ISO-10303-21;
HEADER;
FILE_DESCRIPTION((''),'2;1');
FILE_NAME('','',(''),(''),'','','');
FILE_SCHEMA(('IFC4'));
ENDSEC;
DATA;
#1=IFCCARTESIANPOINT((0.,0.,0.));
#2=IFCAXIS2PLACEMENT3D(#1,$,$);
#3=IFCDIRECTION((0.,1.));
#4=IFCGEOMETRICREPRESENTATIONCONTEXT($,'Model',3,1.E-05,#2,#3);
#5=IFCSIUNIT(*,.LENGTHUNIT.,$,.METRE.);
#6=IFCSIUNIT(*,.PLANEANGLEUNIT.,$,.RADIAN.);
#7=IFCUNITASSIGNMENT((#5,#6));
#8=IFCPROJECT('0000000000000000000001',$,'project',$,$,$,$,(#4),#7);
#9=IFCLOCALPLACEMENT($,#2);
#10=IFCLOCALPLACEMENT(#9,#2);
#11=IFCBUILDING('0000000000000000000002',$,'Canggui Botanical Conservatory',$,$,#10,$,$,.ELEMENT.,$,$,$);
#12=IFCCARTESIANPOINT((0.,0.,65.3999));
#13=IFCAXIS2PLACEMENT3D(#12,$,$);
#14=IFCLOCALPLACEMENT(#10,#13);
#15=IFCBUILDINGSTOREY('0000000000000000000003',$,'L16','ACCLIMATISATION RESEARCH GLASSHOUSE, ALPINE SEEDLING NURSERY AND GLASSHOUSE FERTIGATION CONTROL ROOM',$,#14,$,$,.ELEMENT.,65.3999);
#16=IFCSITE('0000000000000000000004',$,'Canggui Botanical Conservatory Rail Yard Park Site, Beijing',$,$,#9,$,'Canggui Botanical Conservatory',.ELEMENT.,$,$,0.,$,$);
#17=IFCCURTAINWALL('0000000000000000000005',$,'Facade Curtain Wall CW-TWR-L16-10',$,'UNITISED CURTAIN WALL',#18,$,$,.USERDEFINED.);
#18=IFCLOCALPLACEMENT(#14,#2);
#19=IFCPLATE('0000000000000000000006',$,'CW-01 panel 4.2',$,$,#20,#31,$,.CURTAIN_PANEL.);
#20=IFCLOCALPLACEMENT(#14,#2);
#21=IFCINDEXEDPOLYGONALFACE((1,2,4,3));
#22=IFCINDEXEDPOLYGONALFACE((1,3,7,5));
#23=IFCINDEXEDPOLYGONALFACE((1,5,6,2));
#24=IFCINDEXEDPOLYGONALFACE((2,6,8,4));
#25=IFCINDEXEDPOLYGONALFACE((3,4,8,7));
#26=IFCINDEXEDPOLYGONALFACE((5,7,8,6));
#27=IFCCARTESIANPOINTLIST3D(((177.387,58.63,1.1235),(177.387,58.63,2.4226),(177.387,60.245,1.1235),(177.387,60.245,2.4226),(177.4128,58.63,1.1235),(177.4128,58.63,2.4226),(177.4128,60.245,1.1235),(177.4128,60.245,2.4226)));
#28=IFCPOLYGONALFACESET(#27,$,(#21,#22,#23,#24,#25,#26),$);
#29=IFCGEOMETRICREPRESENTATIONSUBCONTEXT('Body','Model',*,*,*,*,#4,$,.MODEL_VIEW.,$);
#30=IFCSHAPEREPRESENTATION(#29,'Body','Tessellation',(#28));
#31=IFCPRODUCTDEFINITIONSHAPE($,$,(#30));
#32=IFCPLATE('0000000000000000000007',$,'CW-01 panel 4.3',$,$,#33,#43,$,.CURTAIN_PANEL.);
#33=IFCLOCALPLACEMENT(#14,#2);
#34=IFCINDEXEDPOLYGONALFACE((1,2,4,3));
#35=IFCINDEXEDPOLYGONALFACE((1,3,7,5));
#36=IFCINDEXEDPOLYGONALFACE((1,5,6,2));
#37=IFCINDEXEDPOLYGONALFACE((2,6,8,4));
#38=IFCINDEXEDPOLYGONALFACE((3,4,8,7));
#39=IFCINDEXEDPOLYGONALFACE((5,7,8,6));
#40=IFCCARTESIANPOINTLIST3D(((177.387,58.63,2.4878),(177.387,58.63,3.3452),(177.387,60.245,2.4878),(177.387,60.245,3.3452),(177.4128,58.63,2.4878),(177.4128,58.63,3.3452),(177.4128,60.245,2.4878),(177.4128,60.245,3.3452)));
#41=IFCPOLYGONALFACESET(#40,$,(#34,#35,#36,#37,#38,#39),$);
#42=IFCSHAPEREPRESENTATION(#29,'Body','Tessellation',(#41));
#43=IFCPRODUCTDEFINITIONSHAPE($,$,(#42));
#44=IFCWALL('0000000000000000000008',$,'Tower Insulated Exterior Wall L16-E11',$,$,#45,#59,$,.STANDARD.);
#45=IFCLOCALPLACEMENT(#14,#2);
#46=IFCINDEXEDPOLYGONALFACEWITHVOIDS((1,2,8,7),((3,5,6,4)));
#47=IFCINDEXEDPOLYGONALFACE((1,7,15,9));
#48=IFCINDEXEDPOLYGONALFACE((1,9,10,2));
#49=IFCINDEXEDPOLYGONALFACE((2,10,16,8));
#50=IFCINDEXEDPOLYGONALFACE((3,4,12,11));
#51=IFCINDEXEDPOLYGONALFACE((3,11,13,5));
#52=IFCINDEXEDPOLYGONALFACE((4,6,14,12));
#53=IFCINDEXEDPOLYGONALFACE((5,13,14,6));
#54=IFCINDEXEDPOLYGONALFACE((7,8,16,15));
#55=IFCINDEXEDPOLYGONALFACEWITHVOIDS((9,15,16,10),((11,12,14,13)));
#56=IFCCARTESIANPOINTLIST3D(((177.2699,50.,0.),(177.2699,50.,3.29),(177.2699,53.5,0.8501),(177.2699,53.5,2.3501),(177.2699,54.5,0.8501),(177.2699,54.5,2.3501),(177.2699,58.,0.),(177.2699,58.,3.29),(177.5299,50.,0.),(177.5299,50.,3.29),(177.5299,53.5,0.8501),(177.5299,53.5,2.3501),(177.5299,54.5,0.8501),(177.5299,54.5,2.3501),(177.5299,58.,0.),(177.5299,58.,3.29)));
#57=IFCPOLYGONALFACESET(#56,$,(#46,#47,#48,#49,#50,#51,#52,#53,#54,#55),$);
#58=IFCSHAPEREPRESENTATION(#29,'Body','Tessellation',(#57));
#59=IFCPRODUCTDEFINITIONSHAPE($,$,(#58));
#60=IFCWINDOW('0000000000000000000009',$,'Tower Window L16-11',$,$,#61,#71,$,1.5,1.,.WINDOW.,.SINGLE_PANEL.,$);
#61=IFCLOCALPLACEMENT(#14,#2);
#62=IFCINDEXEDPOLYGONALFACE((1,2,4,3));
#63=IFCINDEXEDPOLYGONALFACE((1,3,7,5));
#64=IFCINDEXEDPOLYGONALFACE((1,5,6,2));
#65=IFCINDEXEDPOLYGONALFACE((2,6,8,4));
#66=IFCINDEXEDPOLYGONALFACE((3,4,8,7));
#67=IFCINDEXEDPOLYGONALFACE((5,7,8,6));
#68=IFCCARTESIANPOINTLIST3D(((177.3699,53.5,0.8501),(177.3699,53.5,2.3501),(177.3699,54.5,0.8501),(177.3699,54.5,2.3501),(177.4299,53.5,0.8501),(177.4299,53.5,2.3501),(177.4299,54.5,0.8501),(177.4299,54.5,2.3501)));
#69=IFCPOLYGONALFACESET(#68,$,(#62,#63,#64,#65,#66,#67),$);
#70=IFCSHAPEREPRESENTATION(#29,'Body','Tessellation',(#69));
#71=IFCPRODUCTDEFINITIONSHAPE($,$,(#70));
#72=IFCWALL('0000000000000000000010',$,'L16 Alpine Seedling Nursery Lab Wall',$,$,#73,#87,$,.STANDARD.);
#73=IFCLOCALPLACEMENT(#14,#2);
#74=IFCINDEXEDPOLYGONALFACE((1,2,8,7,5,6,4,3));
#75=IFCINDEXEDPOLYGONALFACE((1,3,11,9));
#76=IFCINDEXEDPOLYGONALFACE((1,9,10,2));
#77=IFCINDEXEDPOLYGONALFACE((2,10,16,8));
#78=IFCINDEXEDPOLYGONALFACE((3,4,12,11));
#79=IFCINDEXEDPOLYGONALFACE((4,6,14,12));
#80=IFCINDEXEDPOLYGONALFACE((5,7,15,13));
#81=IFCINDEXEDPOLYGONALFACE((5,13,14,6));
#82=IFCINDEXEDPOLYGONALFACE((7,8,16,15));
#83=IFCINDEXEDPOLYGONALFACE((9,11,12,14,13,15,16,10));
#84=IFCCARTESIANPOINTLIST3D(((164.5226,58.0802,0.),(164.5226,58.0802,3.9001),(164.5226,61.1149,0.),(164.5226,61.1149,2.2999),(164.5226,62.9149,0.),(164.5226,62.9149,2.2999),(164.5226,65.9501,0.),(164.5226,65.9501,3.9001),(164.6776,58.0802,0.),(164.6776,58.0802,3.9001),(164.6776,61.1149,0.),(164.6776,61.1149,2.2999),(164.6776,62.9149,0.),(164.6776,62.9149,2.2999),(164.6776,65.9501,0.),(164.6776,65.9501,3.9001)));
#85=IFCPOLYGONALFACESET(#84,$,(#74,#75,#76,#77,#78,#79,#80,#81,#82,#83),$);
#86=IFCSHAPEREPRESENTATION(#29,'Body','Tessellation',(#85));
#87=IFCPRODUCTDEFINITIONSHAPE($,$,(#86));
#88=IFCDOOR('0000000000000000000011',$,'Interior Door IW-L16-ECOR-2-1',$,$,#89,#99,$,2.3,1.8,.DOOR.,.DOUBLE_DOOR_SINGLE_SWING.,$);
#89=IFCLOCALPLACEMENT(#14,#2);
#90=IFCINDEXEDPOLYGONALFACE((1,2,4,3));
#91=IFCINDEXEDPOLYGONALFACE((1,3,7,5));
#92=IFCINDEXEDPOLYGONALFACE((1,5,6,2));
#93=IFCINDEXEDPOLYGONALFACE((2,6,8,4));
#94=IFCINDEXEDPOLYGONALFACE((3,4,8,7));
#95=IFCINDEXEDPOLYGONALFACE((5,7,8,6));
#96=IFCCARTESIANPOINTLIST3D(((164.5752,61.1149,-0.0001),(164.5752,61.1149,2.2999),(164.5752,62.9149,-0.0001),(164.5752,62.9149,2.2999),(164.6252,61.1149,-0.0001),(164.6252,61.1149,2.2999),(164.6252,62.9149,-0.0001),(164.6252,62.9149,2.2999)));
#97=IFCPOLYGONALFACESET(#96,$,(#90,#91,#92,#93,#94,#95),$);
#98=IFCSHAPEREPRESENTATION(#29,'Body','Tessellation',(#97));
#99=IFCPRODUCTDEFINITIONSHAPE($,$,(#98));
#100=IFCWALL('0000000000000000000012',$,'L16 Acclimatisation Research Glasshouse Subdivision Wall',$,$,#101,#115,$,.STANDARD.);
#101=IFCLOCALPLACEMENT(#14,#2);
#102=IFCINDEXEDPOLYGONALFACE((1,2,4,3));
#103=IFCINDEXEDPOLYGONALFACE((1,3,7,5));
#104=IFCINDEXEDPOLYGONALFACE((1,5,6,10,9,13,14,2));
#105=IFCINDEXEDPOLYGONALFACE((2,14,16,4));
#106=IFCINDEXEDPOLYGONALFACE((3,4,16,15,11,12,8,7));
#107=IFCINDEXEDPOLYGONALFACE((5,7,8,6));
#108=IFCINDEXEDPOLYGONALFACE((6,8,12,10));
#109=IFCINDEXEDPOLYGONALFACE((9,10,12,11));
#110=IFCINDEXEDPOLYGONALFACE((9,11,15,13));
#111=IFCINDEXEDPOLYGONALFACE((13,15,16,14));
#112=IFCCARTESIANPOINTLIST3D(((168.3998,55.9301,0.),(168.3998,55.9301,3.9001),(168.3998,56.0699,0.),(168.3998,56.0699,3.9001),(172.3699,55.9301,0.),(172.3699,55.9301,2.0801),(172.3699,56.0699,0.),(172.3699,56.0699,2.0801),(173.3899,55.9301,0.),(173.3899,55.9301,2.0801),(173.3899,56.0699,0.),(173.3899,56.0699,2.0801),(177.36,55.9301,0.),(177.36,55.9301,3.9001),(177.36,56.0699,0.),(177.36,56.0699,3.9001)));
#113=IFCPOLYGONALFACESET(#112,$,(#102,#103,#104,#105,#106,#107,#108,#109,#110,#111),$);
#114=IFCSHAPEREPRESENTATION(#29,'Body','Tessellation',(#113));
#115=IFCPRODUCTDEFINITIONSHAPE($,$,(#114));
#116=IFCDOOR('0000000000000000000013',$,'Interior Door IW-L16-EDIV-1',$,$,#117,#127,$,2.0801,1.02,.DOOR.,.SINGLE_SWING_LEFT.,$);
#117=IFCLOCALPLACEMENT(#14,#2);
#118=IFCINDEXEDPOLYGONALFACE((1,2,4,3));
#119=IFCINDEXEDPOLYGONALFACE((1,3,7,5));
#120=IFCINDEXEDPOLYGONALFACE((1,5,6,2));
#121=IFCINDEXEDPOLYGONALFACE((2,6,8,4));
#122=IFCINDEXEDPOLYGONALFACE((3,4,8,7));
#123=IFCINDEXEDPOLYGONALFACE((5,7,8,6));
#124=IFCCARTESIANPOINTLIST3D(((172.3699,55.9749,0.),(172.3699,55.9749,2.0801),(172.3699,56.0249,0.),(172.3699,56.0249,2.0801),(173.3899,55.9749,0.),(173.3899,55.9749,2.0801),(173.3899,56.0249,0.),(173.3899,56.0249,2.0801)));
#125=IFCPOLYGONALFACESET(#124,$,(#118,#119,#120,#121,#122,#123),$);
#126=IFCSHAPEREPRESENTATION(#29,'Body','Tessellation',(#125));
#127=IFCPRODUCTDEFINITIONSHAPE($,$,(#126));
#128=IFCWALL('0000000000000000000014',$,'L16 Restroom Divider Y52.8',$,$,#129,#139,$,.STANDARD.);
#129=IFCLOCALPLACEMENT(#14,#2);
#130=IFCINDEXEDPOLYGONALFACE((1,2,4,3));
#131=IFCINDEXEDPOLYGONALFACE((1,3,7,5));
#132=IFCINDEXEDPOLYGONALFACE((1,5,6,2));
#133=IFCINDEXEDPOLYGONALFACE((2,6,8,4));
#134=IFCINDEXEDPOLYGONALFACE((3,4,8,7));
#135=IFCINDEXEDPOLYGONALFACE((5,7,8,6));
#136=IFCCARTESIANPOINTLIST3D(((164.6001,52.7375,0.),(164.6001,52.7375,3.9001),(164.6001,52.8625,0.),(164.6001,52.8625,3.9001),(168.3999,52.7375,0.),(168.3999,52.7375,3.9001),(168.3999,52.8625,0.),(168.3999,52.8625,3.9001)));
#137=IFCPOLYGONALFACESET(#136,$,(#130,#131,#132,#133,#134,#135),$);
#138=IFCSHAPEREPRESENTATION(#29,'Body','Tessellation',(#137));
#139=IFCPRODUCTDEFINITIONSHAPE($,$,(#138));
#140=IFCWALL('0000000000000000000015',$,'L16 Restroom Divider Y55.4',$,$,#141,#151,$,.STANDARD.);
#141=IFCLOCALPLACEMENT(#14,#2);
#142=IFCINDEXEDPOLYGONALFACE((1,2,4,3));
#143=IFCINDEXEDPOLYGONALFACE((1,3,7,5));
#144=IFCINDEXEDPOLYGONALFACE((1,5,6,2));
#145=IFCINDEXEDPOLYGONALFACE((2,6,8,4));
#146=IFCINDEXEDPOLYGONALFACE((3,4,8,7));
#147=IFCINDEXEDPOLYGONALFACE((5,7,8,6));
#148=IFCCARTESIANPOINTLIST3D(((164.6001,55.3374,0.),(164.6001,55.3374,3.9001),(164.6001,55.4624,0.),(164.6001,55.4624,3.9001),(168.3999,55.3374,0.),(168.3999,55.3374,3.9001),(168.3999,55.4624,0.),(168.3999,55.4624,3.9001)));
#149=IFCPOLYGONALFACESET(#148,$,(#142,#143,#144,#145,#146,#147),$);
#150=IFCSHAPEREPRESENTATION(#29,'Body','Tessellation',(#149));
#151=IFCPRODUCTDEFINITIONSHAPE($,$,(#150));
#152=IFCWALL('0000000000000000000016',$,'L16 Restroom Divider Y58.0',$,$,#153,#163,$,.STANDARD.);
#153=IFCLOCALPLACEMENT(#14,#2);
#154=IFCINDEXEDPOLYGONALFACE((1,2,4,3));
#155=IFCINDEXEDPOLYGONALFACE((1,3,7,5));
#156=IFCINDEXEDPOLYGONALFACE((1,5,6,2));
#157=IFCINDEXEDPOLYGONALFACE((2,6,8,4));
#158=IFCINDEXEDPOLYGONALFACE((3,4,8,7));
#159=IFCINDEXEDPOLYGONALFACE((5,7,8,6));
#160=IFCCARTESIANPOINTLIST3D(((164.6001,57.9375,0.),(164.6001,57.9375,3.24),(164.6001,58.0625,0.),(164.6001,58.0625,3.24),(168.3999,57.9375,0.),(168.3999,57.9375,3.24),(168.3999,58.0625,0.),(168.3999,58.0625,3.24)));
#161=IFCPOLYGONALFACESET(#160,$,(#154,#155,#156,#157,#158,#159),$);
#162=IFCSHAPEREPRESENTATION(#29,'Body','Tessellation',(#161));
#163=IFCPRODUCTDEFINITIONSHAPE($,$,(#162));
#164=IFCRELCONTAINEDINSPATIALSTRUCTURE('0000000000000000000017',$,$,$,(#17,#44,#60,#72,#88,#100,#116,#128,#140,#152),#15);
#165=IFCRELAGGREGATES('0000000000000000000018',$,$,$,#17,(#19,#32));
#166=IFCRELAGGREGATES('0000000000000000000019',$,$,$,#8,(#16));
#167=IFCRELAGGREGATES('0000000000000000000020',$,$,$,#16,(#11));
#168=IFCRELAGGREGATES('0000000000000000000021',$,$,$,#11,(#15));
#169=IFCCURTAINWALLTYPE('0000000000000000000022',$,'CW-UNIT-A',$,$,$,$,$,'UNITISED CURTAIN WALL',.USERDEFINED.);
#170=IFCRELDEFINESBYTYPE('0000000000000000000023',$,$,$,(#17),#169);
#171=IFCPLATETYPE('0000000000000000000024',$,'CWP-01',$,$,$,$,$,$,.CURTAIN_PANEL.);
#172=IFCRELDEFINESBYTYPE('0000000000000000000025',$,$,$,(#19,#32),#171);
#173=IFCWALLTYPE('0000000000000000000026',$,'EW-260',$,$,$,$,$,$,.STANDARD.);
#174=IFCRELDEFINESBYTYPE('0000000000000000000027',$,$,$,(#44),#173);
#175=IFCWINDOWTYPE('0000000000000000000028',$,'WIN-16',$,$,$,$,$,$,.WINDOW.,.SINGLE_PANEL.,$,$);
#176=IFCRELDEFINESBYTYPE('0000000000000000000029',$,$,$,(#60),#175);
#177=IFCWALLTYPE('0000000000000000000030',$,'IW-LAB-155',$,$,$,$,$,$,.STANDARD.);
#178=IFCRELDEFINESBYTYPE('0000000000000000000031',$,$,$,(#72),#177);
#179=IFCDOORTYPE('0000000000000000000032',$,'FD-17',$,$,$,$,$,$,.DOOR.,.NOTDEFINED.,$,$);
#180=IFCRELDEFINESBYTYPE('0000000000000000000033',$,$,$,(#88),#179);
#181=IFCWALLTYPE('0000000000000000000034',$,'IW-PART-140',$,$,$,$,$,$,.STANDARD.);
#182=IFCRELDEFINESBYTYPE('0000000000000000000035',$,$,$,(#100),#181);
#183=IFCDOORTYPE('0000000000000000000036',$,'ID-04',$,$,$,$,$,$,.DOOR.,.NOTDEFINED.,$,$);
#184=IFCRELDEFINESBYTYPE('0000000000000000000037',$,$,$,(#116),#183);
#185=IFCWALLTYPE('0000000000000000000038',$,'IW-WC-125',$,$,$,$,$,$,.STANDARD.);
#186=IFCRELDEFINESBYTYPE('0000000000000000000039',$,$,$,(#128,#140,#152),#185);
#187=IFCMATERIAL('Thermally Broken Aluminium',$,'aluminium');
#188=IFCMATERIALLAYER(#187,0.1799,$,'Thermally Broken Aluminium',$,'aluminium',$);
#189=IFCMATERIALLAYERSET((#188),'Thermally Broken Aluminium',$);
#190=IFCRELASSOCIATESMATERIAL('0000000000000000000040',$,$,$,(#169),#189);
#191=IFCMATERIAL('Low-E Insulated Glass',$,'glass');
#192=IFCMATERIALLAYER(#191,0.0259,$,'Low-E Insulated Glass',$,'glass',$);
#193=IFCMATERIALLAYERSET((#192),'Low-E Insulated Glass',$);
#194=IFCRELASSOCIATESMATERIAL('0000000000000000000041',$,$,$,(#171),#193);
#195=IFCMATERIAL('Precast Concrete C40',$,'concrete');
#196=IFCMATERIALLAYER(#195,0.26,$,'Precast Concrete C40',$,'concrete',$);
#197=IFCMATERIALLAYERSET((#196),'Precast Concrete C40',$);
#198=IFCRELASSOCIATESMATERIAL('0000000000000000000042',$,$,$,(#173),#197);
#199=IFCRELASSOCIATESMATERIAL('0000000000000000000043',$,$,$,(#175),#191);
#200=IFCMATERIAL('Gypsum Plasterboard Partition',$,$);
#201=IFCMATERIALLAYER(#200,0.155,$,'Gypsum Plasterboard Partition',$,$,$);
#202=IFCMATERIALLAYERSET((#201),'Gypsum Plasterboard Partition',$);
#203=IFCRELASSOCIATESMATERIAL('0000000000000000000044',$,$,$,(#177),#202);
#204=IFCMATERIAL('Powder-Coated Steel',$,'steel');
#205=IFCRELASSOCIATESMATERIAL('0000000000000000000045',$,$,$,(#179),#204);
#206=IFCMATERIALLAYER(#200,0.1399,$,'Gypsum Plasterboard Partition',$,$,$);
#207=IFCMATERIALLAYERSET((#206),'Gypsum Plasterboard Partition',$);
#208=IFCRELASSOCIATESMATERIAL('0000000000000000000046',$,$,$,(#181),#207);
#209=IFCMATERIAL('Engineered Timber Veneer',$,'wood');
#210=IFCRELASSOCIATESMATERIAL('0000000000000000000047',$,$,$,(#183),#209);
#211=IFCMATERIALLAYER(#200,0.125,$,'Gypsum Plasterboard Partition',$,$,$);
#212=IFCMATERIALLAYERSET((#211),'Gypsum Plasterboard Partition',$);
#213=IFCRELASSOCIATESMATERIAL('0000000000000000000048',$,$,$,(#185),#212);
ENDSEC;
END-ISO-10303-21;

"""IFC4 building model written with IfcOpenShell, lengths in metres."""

from ifc_helpers import new_model, si_unit, direction, frame, frame_2d, origin, origin_2d, place, context, subcontext, project, spatial, rectangle, extrude, material, layer, layer_set, type_object, element, fill, aggregate, save


model = new_model("IFC4")

# Units and contexts
model_context = context("Model", 3, precision=1e-05, world=origin(), true_north=direction((0.0, 1.0)))
body_context = subcontext(model_context, "Body", "Model", "MODEL_VIEW")
ifc_project = project(units=[si_unit("LENGTHUNIT", "METRE"), si_unit("PLANEANGLEUNIT", "RADIAN")], contexts=[model_context])

# Site, building, storey
site_placement = place(None, origin())
site = spatial("IfcSite", under=ifc_project, at=site_placement, Name="Canggui Botanical Conservatory Rail Yard Park Site, Beijing", LongName="Canggui Botanical Conservatory", CompositionType="ELEMENT", RefElevation=0.0)
building_placement = place(site_placement, origin())
building = spatial("IfcBuilding", under=site, at=building_placement, Name="Canggui Botanical Conservatory", CompositionType="ELEMENT")
storey_placement = place(building_placement, frame((0.0, 0.0, 65.3999)))
storey = spatial("IfcBuildingStorey", under=building, at=storey_placement, Name="L16", Description="ACCLIMATISATION RESEARCH GLASSHOUSE, ALPINE SEEDLING NURSERY AND GLASSHOUSE FERTIGATION CONTROL ROOM", CompositionType="ELEMENT", Elevation=65.3999)

# Curtain wall, plates
ifc_material_1 = material(Name="Thermally Broken Aluminium", Category="aluminium")
ifc_layer_1 = layer(ifc_material_1, 0.1799, Name="Thermally Broken Aluminium", Category="aluminium")
ifc_layer_set_1 = layer_set([ifc_layer_1], Name="Thermally Broken Aluminium")
curtain_wall_type = type_object("IfcCurtainWallType", Name="CW-UNIT-A", ElementType="UNITISED CURTAIN WALL", PredefinedType="USERDEFINED", material=ifc_layer_set_1)
curtain_wall_placement = place(storey_placement, origin())
curtain_wall = element("IfcCurtainWall", 1, at=curtain_wall_placement, inside=storey, type_object=curtain_wall_type, Name="Facade Curtain Wall CW-TWR-L16-10", ObjectType="UNITISED CURTAIN WALL", PredefinedType="USERDEFINED")
ifc_material_2 = material(Name="Low-E Insulated Glass", Category="glass")
ifc_layer_2 = layer(ifc_material_2, 0.0259, Name="Low-E Insulated Glass", Category="glass")
ifc_layer_set_2 = layer_set([ifc_layer_2], Name="Low-E Insulated Glass")
plate_type = type_object("IfcPlateType", Name="CWP-01", PredefinedType="CURTAIN_PANEL", material=ifc_layer_set_2)
plate_1_placement = place(storey_placement, frame((177.3999, 59.4375, 1.1235), z_axis=(0.0, 0.0, 1.0), x_axis=(0.0, -1.0, 0.0)))
plate_1 = element("IfcPlate", 2, at=plate_1_placement, type_object=plate_type, Name="CW-01 panel 4.2", PredefinedType="CURTAIN_PANEL", context=body_context, shape_type="SweptSolid", body=[
    extrude(rectangle(XDim=1.615, YDim=0.0259, at=origin_2d()), origin(), (0.0, 0.0, 1.0), 1.2991),
])
plate_2_placement = place(storey_placement, frame((177.3999, 59.4375, 2.4878), z_axis=(0.0, 0.0, 1.0), x_axis=(0.0, -1.0, 0.0)))
plate_2 = element("IfcPlate", 3, at=plate_2_placement, type_object=plate_type, Name="CW-01 panel 4.3", PredefinedType="CURTAIN_PANEL", context=body_context, shape_type="SweptSolid", body=[
    extrude(rectangle(XDim=1.615, YDim=0.0259, at=origin_2d()), origin(), (0.0, 0.0, 1.0), 0.8574),
])
aggregate(curtain_wall, [plate_1, plate_2])

# Wall, opening, window
ifc_material_3 = material(Name="Precast Concrete C40", Category="concrete")
ifc_layer_3 = layer(ifc_material_3, 0.26, Name="Precast Concrete C40", Category="concrete")
ifc_layer_set_3 = layer_set([ifc_layer_3], Name="Precast Concrete C40")
wall_type_1 = type_object("IfcWallType", Name="EW-260", PredefinedType="STANDARD", material=ifc_layer_set_3)
wall_1_placement = place(storey_placement, frame((177.3999, 58.0, 0.0), z_axis=(0.0, 0.0, 1.0), x_axis=(0.0, -1.0, 0.0)))
wall_1 = element("IfcWall", 4, at=wall_1_placement, inside=storey, type_object=wall_type_1, Name="Tower Insulated Exterior Wall L16-E11", PredefinedType="STANDARD", context=body_context, shape_type="SweptSolid", body=[
    extrude(rectangle(XDim=8.0, YDim=0.26, at=frame_2d((4.0, 0.0))), origin(), (0.0, 0.0, 1.0), 3.29),
])
opening_1_placement = place(wall_1_placement, frame((3.5, 0.0, 0.8501)))
opening_1 = element("IfcOpeningElement", 5, at=opening_1_placement, cuts=wall_1, PredefinedType="OPENING", context=body_context, shape_type="SweptSolid", body=[
    extrude(rectangle(XDim=1.0, YDim=1.5, at=frame_2d((0.5, 0.75))), frame((0.0, 0.1401, 0.0), z_axis=(0.0, -1.0, 0.0), x_axis=(1.0, 0.0, 0.0)), (0.0, 0.0, 1.0), 0.28),
])
window_type = type_object("IfcWindowType", Name="WIN-16", PartitioningType="SINGLE_PANEL", PredefinedType="WINDOW", material=ifc_material_2)
window_placement = place(opening_1_placement, origin())
window = element("IfcWindow", 6, at=window_placement, inside=storey, type_object=window_type, Name="Tower Window L16-11", OverallHeight=1.5, OverallWidth=1.0, PartitioningType="SINGLE_PANEL", PredefinedType="WINDOW", context=body_context, shape_type="SweptSolid", body=[
    extrude(rectangle(XDim=1.0, YDim=1.5, at=frame_2d((0.5, 0.75))), frame((0.0, 0.03, 0.0), z_axis=(0.0, -1.0, 0.0), x_axis=(1.0, 0.0, 0.0)), (0.0, 0.0, 1.0), 0.0601),
])
fill(opening_1, window)

# Walls, openings, doors
ifc_material_4 = material(Name="Gypsum Plasterboard Partition")
ifc_layer_4 = layer(ifc_material_4, 0.155, Name="Gypsum Plasterboard Partition")
ifc_layer_set_4 = layer_set([ifc_layer_4], Name="Gypsum Plasterboard Partition")
wall_type_2 = type_object("IfcWallType", Name="IW-LAB-155", PredefinedType="STANDARD", material=ifc_layer_set_4)
wall_2_placement = place(storey_placement, frame((164.6001, 58.0801, 0.0), z_axis=(0.0, 0.0, 1.0), x_axis=(0.0, 1.0, 0.0)))
wall_2 = element("IfcWall", 7, at=wall_2_placement, inside=storey, type_object=wall_type_2, Name="L16 Alpine Seedling Nursery Lab Wall", PredefinedType="STANDARD", context=body_context, shape_type="SweptSolid", body=[
    extrude(rectangle(XDim=7.8699, YDim=0.155, at=frame_2d((3.9351, 0.0))), origin(), (0.0, 0.0, 1.0), 3.9001),
])
opening_2_placement = place(wall_2_placement, frame((3.0349, 0.0, 0.0)))
opening_2 = element("IfcOpeningElement", 8, at=opening_2_placement, cuts=wall_2, PredefinedType="OPENING", context=body_context, shape_type="SweptSolid", body=[
    extrude(rectangle(XDim=1.8, YDim=2.3, at=frame_2d((0.8999, 1.1499))), frame((0.0, 0.0874, 0.0), z_axis=(0.0, -1.0, 0.0), x_axis=(1.0, 0.0, 0.0)), (0.0, 0.0, 1.0), 0.175),
])
ifc_material_5 = material(Name="Powder-Coated Steel", Category="steel")
door_type_1 = type_object("IfcDoorType", Name="FD-17", OperationType="NOTDEFINED", PredefinedType="DOOR", material=ifc_material_5)
door_1_placement = place(opening_2_placement, origin())
door_1 = element("IfcDoor", 9, at=door_1_placement, inside=storey, type_object=door_type_1, Name="Interior Door IW-L16-ECOR-2-1", OperationType="DOUBLE_DOOR_SINGLE_SWING", OverallHeight=2.3, OverallWidth=1.8, PredefinedType="DOOR", context=body_context, shape_type="SweptSolid", body=[
    extrude(rectangle(XDim=1.8, YDim=2.3, at=frame_2d((0.8999, 1.1499))), frame((0.0, 0.0249, 0.0), z_axis=(0.0, -1.0, 0.0), x_axis=(1.0, 0.0, 0.0)), (0.0, 0.0, 1.0), 0.05),
])
fill(opening_2, door_1)
ifc_layer_5 = layer(ifc_material_4, 0.1399, Name="Gypsum Plasterboard Partition")
ifc_layer_set_5 = layer_set([ifc_layer_5], Name="Gypsum Plasterboard Partition")
wall_type_3 = type_object("IfcWallType", Name="IW-PART-140", PredefinedType="STANDARD", material=ifc_layer_set_5)
wall_3_placement = place(storey_placement, frame((168.3999, 56.0, 0.0), z_axis=(0.0, 0.0, 1.0), x_axis=(1.0, 0.0, 0.0)))
wall_3 = element("IfcWall", 10, at=wall_3_placement, inside=storey, type_object=wall_type_3, Name="L16 Acclimatisation Research Glasshouse Subdivision Wall", PredefinedType="STANDARD", context=body_context, shape_type="SweptSolid", body=[
    extrude(rectangle(XDim=8.9602, YDim=0.1399, at=frame_2d((4.48, 0.0))), origin(), (0.0, 0.0, 1.0), 3.9001),
])
opening_3_placement = place(wall_3_placement, frame((3.97, 0.0, 0.0)))
opening_3 = element("IfcOpeningElement", 11, at=opening_3_placement, cuts=wall_3, PredefinedType="OPENING", context=body_context, shape_type="SweptSolid", body=[
    extrude(rectangle(XDim=1.02, YDim=2.0801, at=frame_2d((0.51, 1.04))), frame((0.0, 0.0801, 0.0), z_axis=(0.0, -1.0, 0.0), x_axis=(1.0, 0.0, 0.0)), (0.0, 0.0, 1.0), 0.1599),
])
ifc_material_6 = material(Name="Engineered Timber Veneer", Category="wood")
door_type_2 = type_object("IfcDoorType", Name="ID-04", OperationType="NOTDEFINED", PredefinedType="DOOR", material=ifc_material_6)
door_2_placement = place(opening_3_placement, origin())
door_2 = element("IfcDoor", 12, at=door_2_placement, inside=storey, type_object=door_type_2, Name="Interior Door IW-L16-EDIV-1", OperationType="SINGLE_SWING_LEFT", OverallHeight=2.0801, OverallWidth=1.02, PredefinedType="DOOR", context=body_context, shape_type="SweptSolid", body=[
    extrude(rectangle(XDim=1.02, YDim=2.0801, at=frame_2d((0.51, 1.04))), frame((0.0, 0.0249, 0.0), z_axis=(0.0, -1.0, 0.0), x_axis=(1.0, 0.0, 0.0)), (0.0, 0.0, 1.0), 0.05),
])
fill(opening_3, door_2)

# Walls
ifc_layer_6 = layer(ifc_material_4, 0.125, Name="Gypsum Plasterboard Partition")
ifc_layer_set_6 = layer_set([ifc_layer_6], Name="Gypsum Plasterboard Partition")
wall_type_4 = type_object("IfcWallType", Name="IW-WC-125", PredefinedType="STANDARD", material=ifc_layer_set_6)
for number, where, z_axis, x_axis, name in (
    (13, (164.6001, 52.8, 0.0), (0.0, 0.0, 1.0), (1.0, 0.0, 0.0), "L16 Restroom Divider Y52.8"),
    (14, (164.6001, 55.3999, 0.0), (0.0, 0.0, 1.0), (1.0, 0.0, 0.0), "L16 Restroom Divider Y55.4"),
):
    element("IfcWall", number, at=place(storey_placement, frame(where, z_axis=z_axis, x_axis=x_axis)), inside=storey, type_object=wall_type_4, Name=name, PredefinedType="STANDARD", context=body_context, shape_type="SweptSolid", body=[
        extrude(rectangle(XDim=3.7998, YDim=0.125, at=frame_2d((1.8999, 0.0))), origin(), (0.0, 0.0, 1.0), 3.9001),
    ])
wall_4_placement = place(storey_placement, frame((164.6001, 58.0, 0.0), z_axis=(0.0, 0.0, 1.0), x_axis=(1.0, 0.0, 0.0)))
element("IfcWall", 15, at=wall_4_placement, inside=storey, type_object=wall_type_4, Name="L16 Restroom Divider Y58.0", PredefinedType="STANDARD", context=body_context, shape_type="SweptSolid", body=[
    extrude(rectangle(XDim=3.7998, YDim=0.125, at=frame_2d((1.8999, 0.0))), origin(), (0.0, 0.0, 1.0), 3.24),
])

save(model, "model.ifc")
